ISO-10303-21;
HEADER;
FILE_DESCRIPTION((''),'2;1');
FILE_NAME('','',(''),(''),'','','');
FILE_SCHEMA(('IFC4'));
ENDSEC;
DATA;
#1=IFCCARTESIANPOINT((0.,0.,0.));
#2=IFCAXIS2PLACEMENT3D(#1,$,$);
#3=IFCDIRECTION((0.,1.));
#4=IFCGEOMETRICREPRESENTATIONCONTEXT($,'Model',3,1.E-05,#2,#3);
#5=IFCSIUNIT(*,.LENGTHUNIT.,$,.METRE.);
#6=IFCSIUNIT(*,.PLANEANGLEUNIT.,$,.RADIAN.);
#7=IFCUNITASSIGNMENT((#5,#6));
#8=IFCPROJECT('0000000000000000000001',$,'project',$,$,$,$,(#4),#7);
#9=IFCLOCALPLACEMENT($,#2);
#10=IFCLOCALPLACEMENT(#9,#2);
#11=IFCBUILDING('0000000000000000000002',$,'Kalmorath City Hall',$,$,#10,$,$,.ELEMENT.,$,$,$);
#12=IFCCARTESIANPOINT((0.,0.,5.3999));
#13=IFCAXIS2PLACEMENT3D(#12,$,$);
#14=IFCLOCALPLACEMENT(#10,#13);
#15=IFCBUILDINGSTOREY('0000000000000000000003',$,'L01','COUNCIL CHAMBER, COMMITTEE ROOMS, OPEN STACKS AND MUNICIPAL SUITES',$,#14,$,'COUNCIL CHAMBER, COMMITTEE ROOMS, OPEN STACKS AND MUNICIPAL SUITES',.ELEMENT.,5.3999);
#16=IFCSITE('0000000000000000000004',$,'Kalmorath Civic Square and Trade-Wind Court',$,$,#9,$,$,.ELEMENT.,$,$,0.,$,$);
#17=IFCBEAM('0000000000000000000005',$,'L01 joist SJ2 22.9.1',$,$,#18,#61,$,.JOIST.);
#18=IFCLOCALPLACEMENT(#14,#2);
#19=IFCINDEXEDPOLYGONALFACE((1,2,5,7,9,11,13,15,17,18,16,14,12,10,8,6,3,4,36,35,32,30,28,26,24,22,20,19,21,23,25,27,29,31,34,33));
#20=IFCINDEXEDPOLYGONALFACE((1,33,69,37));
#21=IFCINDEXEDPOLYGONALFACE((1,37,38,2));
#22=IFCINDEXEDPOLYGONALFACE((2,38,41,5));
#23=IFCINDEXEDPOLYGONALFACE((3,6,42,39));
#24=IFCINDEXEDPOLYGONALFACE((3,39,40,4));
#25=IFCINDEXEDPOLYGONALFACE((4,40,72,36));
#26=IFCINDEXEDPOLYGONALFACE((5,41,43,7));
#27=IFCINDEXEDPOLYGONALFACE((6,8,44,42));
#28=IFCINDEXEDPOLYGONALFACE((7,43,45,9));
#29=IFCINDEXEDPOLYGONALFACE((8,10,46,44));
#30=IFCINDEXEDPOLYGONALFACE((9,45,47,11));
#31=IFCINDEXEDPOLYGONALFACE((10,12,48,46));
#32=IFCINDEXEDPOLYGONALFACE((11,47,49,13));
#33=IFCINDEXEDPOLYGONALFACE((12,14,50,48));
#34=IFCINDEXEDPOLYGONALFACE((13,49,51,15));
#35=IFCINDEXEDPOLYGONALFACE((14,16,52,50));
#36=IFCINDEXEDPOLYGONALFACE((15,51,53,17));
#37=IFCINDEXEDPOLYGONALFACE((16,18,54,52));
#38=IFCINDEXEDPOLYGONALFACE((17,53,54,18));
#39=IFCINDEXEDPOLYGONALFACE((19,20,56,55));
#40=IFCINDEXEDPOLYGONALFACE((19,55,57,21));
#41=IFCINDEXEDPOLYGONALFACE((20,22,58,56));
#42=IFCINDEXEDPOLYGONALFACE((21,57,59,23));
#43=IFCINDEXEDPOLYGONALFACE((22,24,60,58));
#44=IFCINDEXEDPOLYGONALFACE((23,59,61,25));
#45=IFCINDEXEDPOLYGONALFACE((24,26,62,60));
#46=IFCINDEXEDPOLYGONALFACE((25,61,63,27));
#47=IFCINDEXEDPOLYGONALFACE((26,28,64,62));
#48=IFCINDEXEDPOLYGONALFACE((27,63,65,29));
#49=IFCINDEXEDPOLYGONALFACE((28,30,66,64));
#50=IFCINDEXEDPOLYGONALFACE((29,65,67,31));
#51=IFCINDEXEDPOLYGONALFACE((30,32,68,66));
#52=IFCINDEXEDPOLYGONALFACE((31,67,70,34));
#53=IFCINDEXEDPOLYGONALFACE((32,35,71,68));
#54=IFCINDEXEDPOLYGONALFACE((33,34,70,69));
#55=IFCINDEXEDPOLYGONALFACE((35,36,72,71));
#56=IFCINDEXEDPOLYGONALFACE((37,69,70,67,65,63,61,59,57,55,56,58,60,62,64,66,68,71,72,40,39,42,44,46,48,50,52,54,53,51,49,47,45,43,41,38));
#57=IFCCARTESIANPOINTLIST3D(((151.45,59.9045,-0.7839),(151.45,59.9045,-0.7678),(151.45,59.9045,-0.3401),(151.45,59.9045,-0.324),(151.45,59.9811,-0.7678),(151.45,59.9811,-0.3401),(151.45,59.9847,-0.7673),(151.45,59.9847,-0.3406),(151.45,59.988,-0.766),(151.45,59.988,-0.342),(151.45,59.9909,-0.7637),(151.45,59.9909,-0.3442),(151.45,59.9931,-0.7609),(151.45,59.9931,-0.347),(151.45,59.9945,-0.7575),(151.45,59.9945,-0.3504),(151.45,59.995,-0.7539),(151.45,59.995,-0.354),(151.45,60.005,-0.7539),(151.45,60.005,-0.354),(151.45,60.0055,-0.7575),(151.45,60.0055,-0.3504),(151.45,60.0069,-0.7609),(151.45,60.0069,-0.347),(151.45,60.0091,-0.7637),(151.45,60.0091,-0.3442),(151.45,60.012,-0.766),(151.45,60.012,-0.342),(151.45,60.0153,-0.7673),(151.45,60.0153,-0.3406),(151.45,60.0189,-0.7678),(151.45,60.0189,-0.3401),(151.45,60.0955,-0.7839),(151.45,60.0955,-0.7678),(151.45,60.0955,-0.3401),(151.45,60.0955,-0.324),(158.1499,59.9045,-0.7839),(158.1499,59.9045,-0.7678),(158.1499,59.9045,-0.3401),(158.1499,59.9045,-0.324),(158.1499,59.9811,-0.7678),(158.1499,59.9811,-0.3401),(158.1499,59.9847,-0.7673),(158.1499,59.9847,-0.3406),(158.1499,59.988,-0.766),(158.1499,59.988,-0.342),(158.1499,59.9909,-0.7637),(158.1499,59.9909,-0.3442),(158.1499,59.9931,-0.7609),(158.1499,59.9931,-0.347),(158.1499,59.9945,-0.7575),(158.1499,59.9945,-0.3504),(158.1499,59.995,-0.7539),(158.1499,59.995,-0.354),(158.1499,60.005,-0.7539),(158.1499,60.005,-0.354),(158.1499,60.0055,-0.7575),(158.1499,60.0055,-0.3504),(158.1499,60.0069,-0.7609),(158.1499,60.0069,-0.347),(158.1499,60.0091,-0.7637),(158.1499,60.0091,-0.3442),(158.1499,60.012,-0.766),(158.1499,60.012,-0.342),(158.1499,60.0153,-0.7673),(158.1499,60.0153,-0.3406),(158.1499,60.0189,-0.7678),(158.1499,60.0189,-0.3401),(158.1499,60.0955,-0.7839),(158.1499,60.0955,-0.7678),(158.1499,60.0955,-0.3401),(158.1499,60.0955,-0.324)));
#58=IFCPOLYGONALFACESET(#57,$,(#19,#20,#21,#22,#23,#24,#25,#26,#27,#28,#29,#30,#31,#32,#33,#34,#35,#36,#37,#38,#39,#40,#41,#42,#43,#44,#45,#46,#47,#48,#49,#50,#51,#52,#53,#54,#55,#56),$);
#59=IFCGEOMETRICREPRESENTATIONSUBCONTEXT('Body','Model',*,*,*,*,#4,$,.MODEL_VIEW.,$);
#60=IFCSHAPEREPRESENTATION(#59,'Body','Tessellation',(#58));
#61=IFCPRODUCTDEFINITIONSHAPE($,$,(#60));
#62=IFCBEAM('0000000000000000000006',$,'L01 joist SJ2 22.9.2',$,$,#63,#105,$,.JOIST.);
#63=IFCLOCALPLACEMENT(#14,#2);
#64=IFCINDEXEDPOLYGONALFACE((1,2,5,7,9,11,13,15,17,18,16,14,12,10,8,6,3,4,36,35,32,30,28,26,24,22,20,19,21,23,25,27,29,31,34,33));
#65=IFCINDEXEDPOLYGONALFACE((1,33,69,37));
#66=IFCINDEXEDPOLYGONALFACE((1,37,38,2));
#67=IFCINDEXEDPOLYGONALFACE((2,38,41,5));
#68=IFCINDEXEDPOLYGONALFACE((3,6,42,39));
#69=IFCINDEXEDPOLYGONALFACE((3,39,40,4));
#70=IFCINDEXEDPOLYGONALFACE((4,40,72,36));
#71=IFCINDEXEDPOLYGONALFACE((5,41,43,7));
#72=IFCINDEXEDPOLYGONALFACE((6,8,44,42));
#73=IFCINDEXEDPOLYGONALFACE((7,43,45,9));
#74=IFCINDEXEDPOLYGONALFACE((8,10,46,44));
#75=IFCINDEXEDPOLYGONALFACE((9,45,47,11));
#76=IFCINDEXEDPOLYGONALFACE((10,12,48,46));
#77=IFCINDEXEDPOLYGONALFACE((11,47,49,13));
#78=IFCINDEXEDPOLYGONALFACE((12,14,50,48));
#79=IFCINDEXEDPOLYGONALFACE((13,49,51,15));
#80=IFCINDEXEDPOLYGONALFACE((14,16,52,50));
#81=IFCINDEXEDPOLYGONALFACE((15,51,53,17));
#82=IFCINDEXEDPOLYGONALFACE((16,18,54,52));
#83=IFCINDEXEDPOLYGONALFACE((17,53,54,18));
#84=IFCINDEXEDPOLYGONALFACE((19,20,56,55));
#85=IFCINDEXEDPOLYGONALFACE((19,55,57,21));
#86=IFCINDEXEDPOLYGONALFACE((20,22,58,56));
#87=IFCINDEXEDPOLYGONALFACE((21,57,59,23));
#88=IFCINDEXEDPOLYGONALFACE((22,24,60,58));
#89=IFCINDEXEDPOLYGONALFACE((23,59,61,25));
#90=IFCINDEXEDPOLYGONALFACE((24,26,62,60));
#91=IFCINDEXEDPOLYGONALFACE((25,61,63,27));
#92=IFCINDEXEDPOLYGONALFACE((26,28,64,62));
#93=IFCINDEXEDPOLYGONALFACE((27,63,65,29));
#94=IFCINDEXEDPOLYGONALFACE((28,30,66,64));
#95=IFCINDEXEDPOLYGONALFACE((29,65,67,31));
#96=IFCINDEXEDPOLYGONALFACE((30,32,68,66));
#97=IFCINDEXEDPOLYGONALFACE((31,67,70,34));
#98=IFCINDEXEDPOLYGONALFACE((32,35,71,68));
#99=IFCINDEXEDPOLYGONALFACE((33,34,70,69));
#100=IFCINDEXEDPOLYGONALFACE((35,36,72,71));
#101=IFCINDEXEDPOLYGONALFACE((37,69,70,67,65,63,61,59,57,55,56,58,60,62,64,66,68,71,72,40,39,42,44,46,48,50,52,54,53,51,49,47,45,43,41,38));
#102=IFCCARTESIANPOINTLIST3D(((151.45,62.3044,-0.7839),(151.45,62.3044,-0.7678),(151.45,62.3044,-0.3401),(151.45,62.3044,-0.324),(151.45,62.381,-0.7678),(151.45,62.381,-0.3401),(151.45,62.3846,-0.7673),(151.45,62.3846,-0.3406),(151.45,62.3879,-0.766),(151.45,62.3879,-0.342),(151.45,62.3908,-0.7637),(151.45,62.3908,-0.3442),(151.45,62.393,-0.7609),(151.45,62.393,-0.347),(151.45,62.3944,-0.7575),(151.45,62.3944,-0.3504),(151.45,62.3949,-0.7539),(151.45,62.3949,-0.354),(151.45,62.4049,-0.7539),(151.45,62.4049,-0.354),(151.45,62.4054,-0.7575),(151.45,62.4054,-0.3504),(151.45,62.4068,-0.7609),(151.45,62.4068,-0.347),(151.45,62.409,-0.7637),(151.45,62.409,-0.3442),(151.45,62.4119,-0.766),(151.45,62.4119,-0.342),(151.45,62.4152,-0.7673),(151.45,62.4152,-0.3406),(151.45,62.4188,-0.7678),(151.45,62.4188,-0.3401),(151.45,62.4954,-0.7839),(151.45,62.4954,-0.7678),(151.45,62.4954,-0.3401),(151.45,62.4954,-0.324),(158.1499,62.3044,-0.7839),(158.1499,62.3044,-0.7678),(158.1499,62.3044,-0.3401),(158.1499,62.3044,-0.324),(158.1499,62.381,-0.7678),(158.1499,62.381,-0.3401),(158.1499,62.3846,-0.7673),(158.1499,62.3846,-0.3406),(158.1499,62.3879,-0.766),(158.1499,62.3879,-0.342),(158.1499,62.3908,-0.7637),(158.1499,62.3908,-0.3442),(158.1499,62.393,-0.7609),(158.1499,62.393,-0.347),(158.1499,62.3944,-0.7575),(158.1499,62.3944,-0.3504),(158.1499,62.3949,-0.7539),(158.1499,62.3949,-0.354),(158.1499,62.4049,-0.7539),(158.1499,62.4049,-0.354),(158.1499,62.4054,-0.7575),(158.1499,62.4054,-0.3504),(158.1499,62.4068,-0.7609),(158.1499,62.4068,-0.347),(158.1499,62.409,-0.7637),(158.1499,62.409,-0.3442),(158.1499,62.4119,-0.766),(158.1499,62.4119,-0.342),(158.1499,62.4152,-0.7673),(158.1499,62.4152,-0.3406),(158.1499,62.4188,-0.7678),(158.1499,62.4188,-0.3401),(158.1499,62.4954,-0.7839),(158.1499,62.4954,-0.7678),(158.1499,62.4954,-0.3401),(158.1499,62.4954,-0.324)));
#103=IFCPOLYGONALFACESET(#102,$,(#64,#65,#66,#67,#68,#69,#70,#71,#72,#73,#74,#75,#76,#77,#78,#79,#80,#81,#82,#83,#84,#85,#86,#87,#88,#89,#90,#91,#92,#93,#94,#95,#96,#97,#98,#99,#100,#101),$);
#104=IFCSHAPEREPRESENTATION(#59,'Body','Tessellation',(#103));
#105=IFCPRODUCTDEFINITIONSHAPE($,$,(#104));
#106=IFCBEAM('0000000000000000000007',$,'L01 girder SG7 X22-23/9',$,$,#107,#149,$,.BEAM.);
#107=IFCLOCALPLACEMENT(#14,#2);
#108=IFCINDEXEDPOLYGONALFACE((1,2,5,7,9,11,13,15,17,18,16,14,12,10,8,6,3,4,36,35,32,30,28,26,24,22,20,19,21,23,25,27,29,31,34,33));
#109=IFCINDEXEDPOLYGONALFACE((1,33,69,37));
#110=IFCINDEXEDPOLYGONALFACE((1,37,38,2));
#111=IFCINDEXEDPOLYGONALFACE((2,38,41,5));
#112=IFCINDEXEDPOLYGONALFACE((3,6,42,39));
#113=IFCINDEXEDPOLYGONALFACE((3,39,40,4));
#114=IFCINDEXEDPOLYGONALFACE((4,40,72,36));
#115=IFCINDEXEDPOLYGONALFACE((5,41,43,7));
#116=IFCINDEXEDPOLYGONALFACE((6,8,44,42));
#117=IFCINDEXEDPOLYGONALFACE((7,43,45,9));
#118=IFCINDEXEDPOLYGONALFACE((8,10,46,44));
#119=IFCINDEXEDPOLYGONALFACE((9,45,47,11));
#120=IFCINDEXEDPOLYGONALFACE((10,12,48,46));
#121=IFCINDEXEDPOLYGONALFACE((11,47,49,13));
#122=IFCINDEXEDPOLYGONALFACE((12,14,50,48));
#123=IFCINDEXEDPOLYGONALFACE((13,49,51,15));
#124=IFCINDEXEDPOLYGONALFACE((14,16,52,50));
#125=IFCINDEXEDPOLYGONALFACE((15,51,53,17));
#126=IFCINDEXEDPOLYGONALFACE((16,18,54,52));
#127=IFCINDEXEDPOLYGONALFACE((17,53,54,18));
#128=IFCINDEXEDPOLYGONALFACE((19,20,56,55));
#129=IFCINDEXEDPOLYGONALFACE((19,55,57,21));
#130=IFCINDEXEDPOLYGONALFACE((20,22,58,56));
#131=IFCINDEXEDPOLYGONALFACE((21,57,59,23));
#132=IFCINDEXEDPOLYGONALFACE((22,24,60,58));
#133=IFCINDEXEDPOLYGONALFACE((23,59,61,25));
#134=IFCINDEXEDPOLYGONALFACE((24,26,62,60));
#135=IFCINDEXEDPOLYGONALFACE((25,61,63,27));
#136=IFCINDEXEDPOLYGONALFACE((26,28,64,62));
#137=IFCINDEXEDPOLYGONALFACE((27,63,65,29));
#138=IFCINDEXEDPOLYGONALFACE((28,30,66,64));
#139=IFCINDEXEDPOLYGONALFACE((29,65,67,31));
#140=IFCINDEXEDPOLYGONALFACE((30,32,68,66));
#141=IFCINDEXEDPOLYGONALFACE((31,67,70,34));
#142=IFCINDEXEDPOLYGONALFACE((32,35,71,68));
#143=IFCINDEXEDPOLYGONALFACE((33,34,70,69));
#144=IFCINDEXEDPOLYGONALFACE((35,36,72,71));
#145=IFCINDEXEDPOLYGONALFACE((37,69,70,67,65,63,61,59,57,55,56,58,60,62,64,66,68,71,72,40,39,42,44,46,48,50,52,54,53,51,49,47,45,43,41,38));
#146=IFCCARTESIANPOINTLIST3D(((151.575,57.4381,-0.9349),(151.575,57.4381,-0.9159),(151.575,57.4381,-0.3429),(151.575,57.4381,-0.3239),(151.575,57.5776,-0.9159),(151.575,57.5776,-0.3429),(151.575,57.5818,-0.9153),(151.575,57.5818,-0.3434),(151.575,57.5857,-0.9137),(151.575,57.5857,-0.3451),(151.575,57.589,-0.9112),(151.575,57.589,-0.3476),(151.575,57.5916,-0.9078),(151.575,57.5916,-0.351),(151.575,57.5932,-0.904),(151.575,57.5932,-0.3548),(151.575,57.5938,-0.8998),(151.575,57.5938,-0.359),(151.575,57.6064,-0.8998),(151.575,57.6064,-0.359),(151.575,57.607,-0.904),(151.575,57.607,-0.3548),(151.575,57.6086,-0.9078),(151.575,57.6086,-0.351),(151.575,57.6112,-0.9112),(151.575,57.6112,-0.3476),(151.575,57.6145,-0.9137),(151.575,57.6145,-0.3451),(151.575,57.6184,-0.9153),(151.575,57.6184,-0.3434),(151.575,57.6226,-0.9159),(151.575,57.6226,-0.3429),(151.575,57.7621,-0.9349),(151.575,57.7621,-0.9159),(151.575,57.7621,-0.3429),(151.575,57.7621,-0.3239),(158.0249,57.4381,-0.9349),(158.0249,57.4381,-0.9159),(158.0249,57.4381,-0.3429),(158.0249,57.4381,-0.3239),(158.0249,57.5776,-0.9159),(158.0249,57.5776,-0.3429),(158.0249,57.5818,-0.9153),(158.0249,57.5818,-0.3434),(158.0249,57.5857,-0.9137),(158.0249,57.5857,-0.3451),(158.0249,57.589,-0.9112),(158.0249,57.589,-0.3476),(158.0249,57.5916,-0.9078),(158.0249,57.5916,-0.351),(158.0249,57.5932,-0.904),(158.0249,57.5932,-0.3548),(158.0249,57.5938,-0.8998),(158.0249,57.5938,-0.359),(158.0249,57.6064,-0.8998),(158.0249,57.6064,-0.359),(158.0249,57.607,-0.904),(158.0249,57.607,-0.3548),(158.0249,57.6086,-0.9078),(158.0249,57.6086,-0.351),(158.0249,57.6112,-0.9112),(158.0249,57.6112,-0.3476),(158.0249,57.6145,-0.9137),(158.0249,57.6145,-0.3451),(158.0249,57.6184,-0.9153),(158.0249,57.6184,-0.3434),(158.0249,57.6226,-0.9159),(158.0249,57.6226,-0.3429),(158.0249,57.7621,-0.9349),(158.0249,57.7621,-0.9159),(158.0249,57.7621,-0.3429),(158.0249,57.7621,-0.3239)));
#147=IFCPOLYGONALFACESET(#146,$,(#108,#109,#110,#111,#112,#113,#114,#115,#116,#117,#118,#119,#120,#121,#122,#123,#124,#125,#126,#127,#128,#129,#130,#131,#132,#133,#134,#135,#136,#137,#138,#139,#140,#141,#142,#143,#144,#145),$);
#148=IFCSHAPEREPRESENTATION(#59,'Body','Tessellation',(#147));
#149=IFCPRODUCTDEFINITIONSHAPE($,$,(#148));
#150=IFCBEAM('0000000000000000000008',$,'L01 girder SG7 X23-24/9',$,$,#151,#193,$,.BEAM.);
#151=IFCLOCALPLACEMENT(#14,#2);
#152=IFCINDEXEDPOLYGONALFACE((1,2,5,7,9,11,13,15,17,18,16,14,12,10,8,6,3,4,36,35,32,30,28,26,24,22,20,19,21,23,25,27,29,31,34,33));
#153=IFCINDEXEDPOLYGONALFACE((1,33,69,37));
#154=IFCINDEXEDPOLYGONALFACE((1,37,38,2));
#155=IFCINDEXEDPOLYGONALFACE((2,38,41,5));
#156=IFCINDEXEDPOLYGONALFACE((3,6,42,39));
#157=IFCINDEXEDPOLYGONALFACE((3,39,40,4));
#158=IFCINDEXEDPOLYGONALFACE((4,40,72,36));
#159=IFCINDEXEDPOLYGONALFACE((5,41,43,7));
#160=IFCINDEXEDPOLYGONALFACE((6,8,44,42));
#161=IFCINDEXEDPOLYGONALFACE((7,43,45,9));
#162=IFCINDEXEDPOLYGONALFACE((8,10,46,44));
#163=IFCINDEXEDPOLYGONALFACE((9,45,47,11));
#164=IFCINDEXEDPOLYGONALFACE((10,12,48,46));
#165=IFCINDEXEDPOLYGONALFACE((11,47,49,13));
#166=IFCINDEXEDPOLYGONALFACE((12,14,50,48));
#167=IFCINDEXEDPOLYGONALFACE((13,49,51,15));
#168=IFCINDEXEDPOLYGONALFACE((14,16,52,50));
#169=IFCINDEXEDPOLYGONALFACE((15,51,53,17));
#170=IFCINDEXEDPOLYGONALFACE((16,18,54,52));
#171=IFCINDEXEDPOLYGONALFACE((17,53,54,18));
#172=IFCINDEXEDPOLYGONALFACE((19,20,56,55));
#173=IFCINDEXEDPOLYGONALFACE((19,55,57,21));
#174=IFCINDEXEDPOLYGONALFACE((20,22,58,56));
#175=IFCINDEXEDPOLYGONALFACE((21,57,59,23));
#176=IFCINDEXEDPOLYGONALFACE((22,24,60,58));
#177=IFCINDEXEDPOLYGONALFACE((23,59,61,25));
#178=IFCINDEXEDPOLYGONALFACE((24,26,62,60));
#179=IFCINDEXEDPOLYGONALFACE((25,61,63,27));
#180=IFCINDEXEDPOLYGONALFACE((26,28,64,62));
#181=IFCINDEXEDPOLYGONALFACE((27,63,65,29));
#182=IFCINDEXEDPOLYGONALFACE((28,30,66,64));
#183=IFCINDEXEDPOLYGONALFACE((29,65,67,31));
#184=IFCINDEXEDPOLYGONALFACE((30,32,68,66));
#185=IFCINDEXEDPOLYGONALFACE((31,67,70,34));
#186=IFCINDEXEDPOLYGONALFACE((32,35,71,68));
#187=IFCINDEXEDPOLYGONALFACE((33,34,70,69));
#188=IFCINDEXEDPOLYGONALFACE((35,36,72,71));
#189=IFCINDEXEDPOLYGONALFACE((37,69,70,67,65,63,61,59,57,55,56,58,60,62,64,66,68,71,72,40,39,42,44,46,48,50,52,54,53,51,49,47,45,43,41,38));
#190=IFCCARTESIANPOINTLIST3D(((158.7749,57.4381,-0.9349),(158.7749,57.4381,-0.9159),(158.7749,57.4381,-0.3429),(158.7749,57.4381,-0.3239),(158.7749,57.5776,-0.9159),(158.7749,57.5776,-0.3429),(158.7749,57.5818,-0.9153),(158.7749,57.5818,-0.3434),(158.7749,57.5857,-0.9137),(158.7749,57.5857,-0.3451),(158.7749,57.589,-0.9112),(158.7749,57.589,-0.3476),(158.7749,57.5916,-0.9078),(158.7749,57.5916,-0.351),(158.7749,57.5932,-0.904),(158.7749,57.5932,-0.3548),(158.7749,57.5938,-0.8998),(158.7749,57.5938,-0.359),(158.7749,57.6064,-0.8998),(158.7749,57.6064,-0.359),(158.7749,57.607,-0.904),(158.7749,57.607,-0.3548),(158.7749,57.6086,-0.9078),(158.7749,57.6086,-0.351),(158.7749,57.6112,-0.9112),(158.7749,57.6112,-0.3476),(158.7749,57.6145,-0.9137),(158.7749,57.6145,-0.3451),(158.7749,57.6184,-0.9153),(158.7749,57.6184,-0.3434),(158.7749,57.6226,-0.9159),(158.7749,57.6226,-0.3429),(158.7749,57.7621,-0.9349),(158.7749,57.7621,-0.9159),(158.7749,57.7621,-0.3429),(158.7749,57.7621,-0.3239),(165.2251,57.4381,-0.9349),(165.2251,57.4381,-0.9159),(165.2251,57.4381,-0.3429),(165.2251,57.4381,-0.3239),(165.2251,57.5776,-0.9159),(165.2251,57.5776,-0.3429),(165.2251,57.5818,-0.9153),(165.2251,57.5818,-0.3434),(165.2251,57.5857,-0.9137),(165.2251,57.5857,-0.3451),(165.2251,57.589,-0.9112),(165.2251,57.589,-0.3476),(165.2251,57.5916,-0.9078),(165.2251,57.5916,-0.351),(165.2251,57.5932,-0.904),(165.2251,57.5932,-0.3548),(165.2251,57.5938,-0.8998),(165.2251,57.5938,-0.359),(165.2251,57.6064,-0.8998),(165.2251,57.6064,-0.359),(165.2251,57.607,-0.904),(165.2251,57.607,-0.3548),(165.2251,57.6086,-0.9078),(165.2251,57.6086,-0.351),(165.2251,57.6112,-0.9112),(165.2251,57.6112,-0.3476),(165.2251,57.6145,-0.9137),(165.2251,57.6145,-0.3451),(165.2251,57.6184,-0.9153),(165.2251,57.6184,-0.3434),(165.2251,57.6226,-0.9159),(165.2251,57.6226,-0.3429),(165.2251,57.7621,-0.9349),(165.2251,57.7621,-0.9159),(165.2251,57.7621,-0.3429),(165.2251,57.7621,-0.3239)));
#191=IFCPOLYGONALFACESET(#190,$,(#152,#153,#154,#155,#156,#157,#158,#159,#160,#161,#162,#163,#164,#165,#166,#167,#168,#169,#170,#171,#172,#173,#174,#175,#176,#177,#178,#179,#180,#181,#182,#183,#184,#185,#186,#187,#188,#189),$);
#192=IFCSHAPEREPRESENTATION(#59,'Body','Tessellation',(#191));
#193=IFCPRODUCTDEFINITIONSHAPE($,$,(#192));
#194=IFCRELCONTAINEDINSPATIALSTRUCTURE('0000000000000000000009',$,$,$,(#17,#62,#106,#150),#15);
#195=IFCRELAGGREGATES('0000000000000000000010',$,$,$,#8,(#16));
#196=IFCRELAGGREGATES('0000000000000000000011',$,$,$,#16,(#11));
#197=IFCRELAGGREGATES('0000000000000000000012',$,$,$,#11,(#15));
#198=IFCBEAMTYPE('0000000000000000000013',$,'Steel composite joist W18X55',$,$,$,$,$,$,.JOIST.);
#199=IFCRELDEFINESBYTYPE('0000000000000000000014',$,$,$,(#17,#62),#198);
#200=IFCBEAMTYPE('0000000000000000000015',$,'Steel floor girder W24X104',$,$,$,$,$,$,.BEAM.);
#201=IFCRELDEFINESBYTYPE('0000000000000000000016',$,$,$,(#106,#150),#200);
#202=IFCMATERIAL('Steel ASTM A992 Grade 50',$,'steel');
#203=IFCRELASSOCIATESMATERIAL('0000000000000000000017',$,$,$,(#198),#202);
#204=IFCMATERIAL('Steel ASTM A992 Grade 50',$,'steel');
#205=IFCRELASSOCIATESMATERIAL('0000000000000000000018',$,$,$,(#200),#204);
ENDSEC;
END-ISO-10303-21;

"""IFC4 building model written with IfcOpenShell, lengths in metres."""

from ifc_helpers import new_model, si_unit, direction, frame, origin, origin_2d, place, context, subcontext, project, spatial, i_section, extrude, material, material_profile, profile_set, type_object, element, save


model = new_model("IFC4")

# Units and contexts
model_context = context("Model", 3, precision=1e-05, world=origin(), true_north=direction((0.0, 1.0)))
body_context = subcontext(model_context, "Body", "Model", "MODEL_VIEW")
ifc_project = project(units=[si_unit("LENGTHUNIT", "METRE"), si_unit("PLANEANGLEUNIT", "RADIAN")], contexts=[model_context])

# Site, building, storey
site_placement = place(None, origin())
site = spatial("IfcSite", under=ifc_project, at=site_placement, Name="Kalmorath Civic Square and Trade-Wind Court", CompositionType="ELEMENT", RefElevation=0.0)
building_placement = place(site_placement, origin())
building = spatial("IfcBuilding", under=site, at=building_placement, Name="Kalmorath City Hall", CompositionType="ELEMENT")
storey_placement = place(building_placement, frame((0.0, 0.0, 5.3999)))
storey = spatial("IfcBuildingStorey", under=building, at=storey_placement, Name="L01", Description="COUNCIL CHAMBER, COMMITTEE ROOMS, OPEN STACKS AND MUNICIPAL SUITES", LongName="COUNCIL CHAMBER, COMMITTEE ROOMS, OPEN STACKS AND MUNICIPAL SUITES", CompositionType="ELEMENT", Elevation=5.3999)

# Beams
ifc_material_1 = material(Name="Steel ASTM A992 Grade 50", Category="steel")
ifc_material_profile_1 = material_profile(ifc_material_1, i_section(OverallWidth=0.1909, OverallDepth=0.46, WebThickness=0.01, FlangeThickness=0.0161, FilletRadius=0.0139, at=origin_2d()), Name="W18X55")
ifc_profile_set_1 = profile_set([ifc_material_profile_1], Name="Steel ASTM A992 Grade 50")
beam_type_1 = type_object("IfcBeamType", Name="Steel composite joist W18X55", PredefinedType="JOIST", material=ifc_profile_set_1)
for number, where, z_axis, x_axis, name in (
    (1, (151.45, 60.0, -0.554), (1.0, 0.0, 0.0), (0.0, 1.0, 0.0), "L01 joist SJ2 22.9.1"),
    (2, (151.45, 62.3999, -0.554), (1.0, 0.0, 0.0), (0.0, 1.0, 0.0), "L01 joist SJ2 22.9.2"),
):
    element("IfcBeam", number, at=place(storey_placement, frame(where, z_axis=z_axis, x_axis=x_axis)), inside=storey, type_object=beam_type_1, Name=name, PredefinedType="JOIST", context=body_context, shape_type="SweptSolid", body=[
        extrude(i_section(OverallWidth=0.1909, OverallDepth=0.46, WebThickness=0.01, FlangeThickness=0.0161, FilletRadius=0.0139, at=origin_2d()), origin(), (0.0, 0.0, 1.0), 6.7),
    ])
ifc_material_2 = material(Name="Steel ASTM A992 Grade 50", Category="steel")
ifc_material_profile_2 = material_profile(ifc_material_2, i_section(OverallWidth=0.324, OverallDepth=0.6111, WebThickness=0.0127, FlangeThickness=0.019, FilletRadius=0.0161, at=origin_2d()), Name="W24X104")
ifc_profile_set_2 = profile_set([ifc_material_profile_2], Name="Steel ASTM A992 Grade 50")
beam_type_2 = type_object("IfcBeamType", Name="Steel floor girder W24X104", PredefinedType="BEAM", material=ifc_profile_set_2)
beam_1_placement = place(storey_placement, frame((151.575, 57.6001, -0.6294), z_axis=(1.0, 0.0, 0.0), x_axis=(0.0, 1.0, 0.0)))
element("IfcBeam", 3, at=beam_1_placement, inside=storey, type_object=beam_type_2, Name="L01 girder SG7 X22-23/9", PredefinedType="BEAM", context=body_context, shape_type="SweptSolid", body=[
    extrude(i_section(OverallWidth=0.324, OverallDepth=0.6111, WebThickness=0.0127, FlangeThickness=0.019, FilletRadius=0.0161, at=origin_2d()), origin(), (0.0, 0.0, 1.0), 6.45),
])
beam_2_placement = place(storey_placement, frame((158.7749, 57.6001, -0.6294), z_axis=(1.0, 0.0, 0.0), x_axis=(0.0, 1.0, 0.0)))
element("IfcBeam", 4, at=beam_2_placement, inside=storey, type_object=beam_type_2, Name="L01 girder SG7 X23-24/9", PredefinedType="BEAM", context=body_context, shape_type="SweptSolid", body=[
    extrude(i_section(OverallWidth=0.324, OverallDepth=0.6111, WebThickness=0.0127, FlangeThickness=0.019, FilletRadius=0.0161, at=origin_2d()), origin(), (0.0, 0.0, 1.0), 6.4502),
])

save(model, "model.ifc")
